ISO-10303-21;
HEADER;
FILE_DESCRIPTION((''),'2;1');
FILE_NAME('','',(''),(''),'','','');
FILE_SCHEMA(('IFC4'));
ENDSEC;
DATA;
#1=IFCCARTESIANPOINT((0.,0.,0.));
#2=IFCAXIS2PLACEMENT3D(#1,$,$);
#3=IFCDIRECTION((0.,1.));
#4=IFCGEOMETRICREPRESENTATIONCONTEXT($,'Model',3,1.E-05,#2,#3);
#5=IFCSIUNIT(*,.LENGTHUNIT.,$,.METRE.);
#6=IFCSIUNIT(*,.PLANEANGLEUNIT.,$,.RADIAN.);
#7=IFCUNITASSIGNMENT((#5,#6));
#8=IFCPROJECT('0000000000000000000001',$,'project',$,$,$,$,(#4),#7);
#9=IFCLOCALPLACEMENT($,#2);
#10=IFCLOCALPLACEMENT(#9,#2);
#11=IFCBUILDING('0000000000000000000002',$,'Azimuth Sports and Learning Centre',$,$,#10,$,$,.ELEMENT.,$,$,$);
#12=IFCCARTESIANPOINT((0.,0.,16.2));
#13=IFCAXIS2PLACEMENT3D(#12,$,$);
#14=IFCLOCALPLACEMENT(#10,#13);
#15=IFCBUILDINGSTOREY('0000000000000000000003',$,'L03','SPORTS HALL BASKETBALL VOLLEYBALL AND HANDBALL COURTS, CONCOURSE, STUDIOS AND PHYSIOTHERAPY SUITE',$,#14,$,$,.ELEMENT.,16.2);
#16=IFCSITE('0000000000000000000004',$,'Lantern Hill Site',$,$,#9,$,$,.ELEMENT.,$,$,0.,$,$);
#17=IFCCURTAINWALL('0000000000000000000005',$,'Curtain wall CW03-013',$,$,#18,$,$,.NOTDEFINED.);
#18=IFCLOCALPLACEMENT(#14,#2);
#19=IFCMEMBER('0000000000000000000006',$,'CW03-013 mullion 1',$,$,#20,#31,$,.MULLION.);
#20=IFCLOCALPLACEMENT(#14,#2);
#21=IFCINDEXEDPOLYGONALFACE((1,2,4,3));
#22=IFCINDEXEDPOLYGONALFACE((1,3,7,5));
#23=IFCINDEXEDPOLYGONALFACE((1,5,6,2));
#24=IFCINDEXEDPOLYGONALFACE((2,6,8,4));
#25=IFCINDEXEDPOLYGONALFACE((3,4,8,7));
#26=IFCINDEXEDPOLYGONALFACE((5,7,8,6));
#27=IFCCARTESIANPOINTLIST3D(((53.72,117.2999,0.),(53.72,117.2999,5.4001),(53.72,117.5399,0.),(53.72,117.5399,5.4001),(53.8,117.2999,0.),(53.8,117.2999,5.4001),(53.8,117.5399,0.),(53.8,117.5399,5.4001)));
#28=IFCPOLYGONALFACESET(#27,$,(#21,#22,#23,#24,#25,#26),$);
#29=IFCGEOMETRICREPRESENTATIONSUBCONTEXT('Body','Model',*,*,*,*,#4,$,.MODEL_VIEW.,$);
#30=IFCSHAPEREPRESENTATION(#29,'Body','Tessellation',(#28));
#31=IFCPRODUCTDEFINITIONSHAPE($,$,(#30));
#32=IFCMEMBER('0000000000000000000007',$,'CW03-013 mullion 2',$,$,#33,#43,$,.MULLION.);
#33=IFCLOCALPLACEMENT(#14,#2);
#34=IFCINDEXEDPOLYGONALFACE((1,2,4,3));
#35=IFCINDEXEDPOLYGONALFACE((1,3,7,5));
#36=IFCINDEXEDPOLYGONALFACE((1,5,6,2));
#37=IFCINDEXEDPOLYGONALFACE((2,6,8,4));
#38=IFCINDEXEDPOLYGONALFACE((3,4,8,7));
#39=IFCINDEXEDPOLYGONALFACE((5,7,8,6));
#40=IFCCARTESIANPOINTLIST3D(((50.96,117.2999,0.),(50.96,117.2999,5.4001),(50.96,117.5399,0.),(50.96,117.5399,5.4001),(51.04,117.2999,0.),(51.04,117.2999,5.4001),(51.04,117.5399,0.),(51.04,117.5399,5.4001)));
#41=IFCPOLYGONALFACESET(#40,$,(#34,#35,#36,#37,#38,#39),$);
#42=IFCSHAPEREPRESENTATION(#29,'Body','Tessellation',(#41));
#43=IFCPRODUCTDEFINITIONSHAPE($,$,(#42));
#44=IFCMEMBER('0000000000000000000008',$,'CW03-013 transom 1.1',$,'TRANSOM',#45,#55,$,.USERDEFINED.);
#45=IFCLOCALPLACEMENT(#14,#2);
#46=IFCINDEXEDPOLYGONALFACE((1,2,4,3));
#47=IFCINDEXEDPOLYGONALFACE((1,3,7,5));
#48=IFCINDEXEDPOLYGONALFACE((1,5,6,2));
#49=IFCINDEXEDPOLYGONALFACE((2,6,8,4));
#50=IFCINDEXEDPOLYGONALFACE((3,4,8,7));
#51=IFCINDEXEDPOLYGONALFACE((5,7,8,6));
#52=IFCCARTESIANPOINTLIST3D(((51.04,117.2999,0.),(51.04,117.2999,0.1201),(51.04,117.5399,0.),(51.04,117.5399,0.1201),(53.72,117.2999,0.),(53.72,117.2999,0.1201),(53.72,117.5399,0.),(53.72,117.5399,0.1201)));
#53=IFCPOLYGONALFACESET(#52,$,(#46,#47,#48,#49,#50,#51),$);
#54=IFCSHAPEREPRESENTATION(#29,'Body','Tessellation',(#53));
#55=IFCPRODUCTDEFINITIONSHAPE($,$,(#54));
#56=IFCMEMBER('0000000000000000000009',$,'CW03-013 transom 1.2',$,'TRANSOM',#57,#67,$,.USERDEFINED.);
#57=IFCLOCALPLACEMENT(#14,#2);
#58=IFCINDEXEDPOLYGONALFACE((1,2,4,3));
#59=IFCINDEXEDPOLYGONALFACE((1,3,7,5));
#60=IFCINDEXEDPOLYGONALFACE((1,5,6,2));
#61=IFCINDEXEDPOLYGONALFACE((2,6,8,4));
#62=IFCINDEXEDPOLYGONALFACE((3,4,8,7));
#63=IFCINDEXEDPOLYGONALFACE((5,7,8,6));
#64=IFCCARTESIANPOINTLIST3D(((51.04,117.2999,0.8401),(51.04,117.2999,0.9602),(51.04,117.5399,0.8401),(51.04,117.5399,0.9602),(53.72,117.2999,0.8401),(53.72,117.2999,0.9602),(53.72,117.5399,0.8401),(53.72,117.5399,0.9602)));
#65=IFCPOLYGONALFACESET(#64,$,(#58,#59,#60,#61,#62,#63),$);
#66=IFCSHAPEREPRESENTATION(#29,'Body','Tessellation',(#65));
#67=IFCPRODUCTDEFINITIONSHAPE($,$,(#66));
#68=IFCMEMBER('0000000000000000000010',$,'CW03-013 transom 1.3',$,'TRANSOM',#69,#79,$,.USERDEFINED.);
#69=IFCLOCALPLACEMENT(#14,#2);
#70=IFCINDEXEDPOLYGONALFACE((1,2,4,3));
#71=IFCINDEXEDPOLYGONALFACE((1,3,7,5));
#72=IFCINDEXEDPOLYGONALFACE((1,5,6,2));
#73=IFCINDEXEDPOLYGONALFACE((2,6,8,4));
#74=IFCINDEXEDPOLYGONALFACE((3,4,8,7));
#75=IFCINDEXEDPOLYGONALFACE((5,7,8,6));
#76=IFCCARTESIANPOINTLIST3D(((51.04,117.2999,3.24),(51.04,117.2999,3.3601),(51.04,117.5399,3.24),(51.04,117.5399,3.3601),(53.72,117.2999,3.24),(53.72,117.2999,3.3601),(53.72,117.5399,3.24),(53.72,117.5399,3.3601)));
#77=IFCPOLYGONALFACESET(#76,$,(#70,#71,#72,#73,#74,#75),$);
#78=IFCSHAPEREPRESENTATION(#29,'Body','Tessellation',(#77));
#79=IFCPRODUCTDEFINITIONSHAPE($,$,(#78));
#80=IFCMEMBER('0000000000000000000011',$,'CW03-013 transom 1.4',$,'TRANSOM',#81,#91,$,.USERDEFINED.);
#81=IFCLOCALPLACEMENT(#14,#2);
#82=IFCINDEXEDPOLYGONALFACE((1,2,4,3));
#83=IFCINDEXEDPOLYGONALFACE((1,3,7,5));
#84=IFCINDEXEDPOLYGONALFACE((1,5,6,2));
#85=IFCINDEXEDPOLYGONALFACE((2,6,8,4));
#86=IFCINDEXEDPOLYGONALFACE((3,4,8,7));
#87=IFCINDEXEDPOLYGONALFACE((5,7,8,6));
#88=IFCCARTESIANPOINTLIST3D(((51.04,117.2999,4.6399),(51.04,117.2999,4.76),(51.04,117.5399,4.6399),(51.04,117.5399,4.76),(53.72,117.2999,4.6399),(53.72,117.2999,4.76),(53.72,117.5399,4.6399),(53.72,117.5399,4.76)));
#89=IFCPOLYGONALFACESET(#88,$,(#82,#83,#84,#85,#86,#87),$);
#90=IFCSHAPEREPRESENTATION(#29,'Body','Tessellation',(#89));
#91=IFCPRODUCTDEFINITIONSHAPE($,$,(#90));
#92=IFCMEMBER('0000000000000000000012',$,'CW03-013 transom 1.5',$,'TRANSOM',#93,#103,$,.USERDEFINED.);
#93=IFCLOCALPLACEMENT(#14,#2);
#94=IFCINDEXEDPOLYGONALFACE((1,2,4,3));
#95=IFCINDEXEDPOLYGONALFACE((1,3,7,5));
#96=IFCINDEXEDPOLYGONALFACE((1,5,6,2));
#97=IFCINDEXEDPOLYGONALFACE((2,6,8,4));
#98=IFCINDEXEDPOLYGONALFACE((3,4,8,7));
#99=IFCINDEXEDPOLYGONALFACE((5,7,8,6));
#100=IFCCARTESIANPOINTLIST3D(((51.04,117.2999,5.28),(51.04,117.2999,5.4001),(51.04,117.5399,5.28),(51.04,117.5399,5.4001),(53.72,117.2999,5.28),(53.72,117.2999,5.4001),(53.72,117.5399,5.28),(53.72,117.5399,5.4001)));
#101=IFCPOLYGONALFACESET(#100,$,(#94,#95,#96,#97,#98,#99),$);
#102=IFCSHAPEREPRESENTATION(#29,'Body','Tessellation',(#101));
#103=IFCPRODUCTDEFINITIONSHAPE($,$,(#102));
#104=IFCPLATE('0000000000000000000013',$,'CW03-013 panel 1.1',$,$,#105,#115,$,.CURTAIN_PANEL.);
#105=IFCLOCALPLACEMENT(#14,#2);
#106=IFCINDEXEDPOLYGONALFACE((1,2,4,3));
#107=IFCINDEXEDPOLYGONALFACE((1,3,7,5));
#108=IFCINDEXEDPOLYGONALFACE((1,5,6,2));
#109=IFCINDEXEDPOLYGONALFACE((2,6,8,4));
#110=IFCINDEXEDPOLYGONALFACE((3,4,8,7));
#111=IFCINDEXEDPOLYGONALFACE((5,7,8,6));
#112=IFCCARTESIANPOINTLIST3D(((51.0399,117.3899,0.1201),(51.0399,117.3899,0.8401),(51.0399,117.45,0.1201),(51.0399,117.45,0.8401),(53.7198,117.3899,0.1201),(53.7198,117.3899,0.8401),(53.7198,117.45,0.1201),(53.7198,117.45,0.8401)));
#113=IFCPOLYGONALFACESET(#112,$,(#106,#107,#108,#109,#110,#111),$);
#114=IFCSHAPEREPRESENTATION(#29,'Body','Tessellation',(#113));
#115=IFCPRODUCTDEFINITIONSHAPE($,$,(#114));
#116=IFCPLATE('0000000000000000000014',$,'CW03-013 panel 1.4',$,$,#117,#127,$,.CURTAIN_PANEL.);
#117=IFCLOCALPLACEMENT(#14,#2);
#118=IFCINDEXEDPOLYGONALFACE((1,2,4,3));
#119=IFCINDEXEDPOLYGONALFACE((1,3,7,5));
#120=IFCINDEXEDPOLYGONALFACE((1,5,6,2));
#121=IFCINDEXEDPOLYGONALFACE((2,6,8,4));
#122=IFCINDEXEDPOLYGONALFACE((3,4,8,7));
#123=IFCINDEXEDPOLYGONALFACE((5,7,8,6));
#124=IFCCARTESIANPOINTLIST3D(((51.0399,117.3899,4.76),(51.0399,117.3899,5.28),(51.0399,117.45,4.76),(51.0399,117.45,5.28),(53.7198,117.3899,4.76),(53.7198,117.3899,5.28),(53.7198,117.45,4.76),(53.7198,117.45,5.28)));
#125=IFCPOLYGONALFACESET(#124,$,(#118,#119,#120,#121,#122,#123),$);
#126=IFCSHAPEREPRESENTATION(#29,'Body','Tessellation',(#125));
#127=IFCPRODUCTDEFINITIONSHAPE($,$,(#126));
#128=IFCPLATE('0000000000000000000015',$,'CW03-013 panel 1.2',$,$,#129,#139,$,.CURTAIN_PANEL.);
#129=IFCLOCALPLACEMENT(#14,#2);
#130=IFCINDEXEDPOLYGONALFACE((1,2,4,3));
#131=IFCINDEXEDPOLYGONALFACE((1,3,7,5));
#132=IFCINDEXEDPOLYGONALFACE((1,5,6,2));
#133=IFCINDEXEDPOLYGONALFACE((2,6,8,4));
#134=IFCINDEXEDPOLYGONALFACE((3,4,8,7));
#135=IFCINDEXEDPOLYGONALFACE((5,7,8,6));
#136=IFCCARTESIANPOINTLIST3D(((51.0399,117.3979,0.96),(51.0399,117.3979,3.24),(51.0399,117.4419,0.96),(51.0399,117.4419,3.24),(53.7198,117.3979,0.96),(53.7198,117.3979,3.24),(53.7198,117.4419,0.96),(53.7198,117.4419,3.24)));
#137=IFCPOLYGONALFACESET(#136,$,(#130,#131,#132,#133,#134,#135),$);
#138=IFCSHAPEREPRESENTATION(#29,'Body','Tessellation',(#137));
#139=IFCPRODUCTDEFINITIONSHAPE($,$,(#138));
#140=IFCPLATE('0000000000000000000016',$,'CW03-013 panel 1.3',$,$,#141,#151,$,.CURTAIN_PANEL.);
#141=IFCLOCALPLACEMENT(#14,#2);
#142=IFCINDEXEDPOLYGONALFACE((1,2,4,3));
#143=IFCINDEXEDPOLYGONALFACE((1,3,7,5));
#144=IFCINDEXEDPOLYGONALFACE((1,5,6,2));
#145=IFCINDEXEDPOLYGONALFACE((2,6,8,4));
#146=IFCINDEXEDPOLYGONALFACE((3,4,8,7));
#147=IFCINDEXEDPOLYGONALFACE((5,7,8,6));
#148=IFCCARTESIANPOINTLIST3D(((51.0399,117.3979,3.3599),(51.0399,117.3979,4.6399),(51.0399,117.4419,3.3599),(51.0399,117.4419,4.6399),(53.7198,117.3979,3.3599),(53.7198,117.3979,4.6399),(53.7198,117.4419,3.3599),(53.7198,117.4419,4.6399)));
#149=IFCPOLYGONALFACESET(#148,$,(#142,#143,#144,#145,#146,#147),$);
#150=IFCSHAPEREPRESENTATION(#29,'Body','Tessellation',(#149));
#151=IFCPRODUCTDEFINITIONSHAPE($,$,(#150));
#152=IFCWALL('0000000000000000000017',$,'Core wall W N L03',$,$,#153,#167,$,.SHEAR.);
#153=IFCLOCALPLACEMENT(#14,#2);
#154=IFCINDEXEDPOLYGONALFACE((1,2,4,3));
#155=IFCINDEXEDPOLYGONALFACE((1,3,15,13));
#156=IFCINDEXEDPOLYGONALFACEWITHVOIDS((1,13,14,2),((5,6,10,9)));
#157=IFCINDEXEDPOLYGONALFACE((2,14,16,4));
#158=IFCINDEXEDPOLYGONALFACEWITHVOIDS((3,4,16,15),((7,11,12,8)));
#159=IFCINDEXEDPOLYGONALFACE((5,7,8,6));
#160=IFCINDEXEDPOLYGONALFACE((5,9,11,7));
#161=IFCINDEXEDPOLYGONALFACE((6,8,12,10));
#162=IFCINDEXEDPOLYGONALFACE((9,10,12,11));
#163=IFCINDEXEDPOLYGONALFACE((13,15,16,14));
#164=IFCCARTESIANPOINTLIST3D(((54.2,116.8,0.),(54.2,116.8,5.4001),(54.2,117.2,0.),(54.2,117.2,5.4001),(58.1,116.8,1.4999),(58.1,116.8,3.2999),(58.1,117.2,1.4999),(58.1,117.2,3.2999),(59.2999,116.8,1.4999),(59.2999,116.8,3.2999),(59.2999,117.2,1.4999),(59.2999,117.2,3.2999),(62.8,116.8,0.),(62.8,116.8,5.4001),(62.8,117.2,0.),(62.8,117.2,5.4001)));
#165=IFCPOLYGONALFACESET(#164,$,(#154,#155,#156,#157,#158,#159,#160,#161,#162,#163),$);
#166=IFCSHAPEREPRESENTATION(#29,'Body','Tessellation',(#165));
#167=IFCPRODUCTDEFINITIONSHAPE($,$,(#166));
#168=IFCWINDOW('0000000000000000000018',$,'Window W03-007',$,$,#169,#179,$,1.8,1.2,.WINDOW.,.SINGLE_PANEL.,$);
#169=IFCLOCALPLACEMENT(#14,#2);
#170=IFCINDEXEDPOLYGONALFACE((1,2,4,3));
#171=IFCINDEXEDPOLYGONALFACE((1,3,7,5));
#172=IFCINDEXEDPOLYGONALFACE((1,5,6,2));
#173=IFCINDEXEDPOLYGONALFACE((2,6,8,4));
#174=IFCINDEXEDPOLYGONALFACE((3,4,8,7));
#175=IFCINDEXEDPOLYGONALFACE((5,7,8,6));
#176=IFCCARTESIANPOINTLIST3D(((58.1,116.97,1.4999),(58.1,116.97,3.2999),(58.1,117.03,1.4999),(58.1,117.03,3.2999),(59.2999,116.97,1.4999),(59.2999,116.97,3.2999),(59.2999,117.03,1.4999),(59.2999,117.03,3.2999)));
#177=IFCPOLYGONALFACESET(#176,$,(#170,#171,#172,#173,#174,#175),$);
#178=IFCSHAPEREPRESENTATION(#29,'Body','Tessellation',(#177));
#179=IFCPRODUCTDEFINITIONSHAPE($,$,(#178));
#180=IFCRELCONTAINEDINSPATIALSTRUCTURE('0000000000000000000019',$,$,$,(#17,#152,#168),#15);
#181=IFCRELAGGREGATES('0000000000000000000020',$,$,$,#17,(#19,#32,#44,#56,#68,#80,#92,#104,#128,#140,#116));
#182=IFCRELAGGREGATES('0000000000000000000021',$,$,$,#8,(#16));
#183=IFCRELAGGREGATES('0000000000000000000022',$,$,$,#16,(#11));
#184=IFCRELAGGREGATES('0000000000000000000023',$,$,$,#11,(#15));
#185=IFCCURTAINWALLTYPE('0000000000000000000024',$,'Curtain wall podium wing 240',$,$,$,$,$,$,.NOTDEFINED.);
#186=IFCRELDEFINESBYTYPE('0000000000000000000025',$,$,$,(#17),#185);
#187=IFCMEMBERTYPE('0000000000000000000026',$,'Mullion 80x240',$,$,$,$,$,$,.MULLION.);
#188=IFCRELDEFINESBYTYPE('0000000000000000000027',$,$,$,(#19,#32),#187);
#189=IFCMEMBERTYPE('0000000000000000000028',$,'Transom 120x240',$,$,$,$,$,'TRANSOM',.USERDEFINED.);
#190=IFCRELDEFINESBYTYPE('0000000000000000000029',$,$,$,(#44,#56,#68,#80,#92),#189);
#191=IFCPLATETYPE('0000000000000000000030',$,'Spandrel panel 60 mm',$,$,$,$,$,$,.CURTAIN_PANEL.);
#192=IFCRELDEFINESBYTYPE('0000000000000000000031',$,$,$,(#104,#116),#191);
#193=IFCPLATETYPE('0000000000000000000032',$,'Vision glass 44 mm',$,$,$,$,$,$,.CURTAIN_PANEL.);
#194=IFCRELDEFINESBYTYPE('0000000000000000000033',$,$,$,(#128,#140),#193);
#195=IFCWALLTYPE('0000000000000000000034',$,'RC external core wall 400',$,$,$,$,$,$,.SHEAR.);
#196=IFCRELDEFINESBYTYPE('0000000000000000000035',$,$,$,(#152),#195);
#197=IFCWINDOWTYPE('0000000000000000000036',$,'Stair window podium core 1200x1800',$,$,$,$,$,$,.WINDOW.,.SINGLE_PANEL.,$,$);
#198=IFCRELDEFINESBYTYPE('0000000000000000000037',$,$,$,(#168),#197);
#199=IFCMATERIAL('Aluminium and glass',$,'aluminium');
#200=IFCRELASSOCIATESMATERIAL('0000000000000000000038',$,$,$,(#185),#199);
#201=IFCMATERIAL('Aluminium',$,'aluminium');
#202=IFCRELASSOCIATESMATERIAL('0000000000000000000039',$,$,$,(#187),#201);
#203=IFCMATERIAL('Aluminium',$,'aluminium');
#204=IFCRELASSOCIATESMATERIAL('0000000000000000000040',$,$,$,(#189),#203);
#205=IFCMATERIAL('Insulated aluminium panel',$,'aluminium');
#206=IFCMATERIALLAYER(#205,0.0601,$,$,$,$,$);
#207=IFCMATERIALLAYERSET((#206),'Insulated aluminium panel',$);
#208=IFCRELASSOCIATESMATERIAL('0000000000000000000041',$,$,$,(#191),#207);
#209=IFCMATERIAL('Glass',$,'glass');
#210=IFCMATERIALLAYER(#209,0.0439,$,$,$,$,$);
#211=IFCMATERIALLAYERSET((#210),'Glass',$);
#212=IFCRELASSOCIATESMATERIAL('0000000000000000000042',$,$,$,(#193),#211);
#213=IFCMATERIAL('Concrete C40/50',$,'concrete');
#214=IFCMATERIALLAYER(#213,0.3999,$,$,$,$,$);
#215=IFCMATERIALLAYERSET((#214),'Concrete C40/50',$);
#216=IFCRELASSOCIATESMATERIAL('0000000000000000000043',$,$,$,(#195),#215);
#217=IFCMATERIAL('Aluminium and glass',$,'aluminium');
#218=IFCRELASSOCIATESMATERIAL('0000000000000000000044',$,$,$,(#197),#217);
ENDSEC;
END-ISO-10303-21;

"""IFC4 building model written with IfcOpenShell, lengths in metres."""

from ifc_helpers import new_model, si_unit, direction, frame, frame_2d, origin, origin_2d, place, context, subcontext, project, spatial, rectangle, extrude, material, layer, layer_set, material_profile, profile_set, type_object, element, fill, aggregate, save


model = new_model("IFC4")

# Units and contexts
model_context = context("Model", 3, precision=1e-05, world=origin(), true_north=direction((0.0, 1.0)))
body_context = subcontext(model_context, "Body", "Model", "MODEL_VIEW")
ifc_project = project(units=[si_unit("LENGTHUNIT", "METRE"), si_unit("PLANEANGLEUNIT", "RADIAN")], contexts=[model_context])

# Site, building, storey
site_placement = place(None, origin())
site = spatial("IfcSite", under=ifc_project, at=site_placement, Name="Lantern Hill Site", CompositionType="ELEMENT", RefElevation=0.0)
building_placement = place(site_placement, origin())
building = spatial("IfcBuilding", under=site, at=building_placement, Name="Azimuth Sports and Learning Centre", CompositionType="ELEMENT")
storey_placement = place(building_placement, frame((0.0, 0.0, 16.2)))
storey = spatial("IfcBuildingStorey", under=building, at=storey_placement, Name="L03", Description="SPORTS HALL BASKETBALL VOLLEYBALL AND HANDBALL COURTS, CONCOURSE, STUDIOS AND PHYSIOTHERAPY SUITE", CompositionType="ELEMENT", Elevation=16.2)

# Curtain wall, members, plates
ifc_material_1 = material(Name="Aluminium and glass", Category="aluminium")
curtain_wall_type = type_object("IfcCurtainWallType", Name="Curtain wall podium wing 240", PredefinedType="NOTDEFINED", material=ifc_material_1)
curtain_wall_placement = place(storey_placement, origin())
curtain_wall = element("IfcCurtainWall", 1, at=curtain_wall_placement, inside=storey, type_object=curtain_wall_type, Name="Curtain wall CW03-013", PredefinedType="NOTDEFINED")
ifc_material_2 = material(Name="Aluminium", Category="aluminium")
ifc_material_profile_1 = material_profile(ifc_material_2, rectangle(XDim=0.24, YDim=0.0801, at=origin_2d()), Name="Mullion 80x240")
ifc_profile_set_1 = profile_set([ifc_material_profile_1], Name="Aluminium")
member_type_1 = type_object("IfcMemberType", Name="Mullion 80x240", PredefinedType="MULLION", material=ifc_profile_set_1)
member_1_placement = place(storey_placement, frame((53.76, 117.4199, 0.0), z_axis=(0.0, 0.0, 1.0), x_axis=(0.0, -1.0, 0.0)))
member_1 = element("IfcMember", 2, at=member_1_placement, type_object=member_type_1, Name="CW03-013 mullion 1", PredefinedType="MULLION", context=body_context, shape_type="SweptSolid", body=[
    extrude(rectangle(XDim=0.24, YDim=0.0801, at=origin_2d()), origin(), (0.0, 0.0, 1.0), 5.4001),
])
member_2_placement = place(storey_placement, frame((51.0, 117.4199, 0.0), z_axis=(0.0, 0.0, 1.0), x_axis=(0.0, -1.0, 0.0)))
member_2 = element("IfcMember", 3, at=member_2_placement, type_object=member_type_1, Name="CW03-013 mullion 2", PredefinedType="MULLION", context=body_context, shape_type="SweptSolid", body=[
    extrude(rectangle(XDim=0.24, YDim=0.0801, at=origin_2d()), origin(), (0.0, 0.0, 1.0), 5.4001),
])
ifc_material_3 = material(Name="Aluminium", Category="aluminium")
ifc_material_profile_2 = material_profile(ifc_material_3, rectangle(XDim=0.24, YDim=0.1201, at=origin_2d()), Name="Transom 120x240")
ifc_profile_set_2 = profile_set([ifc_material_profile_2], Name="Aluminium")
member_type_2 = type_object("IfcMemberType", Name="Transom 120x240", ElementType="TRANSOM", PredefinedType="USERDEFINED", material=ifc_profile_set_2)
member_3_placement = place(storey_placement, frame((53.72, 117.4199, 0.0601), z_axis=(-1.0, 0.0, 0.0), x_axis=(0.0, -1.0, 0.0)))
member_3 = element("IfcMember", 4, at=member_3_placement, type_object=member_type_2, Name="CW03-013 transom 1.1", ObjectType="TRANSOM", PredefinedType="USERDEFINED", context=body_context, shape_type="SweptSolid", body=[
    extrude(rectangle(XDim=0.24, YDim=0.1201, at=origin_2d()), origin(), (0.0, 0.0, 1.0), 2.6799),
])
member_4_placement = place(storey_placement, frame((53.72, 117.4199, 0.9001), z_axis=(-1.0, 0.0, 0.0), x_axis=(0.0, -1.0, 0.0)))
member_4 = element("IfcMember", 5, at=member_4_placement, type_object=member_type_2, Name="CW03-013 transom 1.2", ObjectType="TRANSOM", PredefinedType="USERDEFINED", context=body_context, shape_type="SweptSolid", body=[
    extrude(rectangle(XDim=0.24, YDim=0.1201, at=origin_2d()), origin(), (0.0, 0.0, 1.0), 2.6799),
])
member_5_placement = place(storey_placement, frame((53.72, 117.4199, 3.3), z_axis=(-1.0, 0.0, 0.0), x_axis=(0.0, -1.0, 0.0)))
member_5 = element("IfcMember", 6, at=member_5_placement, type_object=member_type_2, Name="CW03-013 transom 1.3", ObjectType="TRANSOM", PredefinedType="USERDEFINED", context=body_context, shape_type="SweptSolid", body=[
    extrude(rectangle(XDim=0.24, YDim=0.1201, at=origin_2d()), origin(), (0.0, 0.0, 1.0), 2.6799),
])
member_6_placement = place(storey_placement, frame((53.72, 117.4199, 4.7), z_axis=(-1.0, 0.0, 0.0), x_axis=(0.0, -1.0, 0.0)))
member_6 = element("IfcMember", 7, at=member_6_placement, type_object=member_type_2, Name="CW03-013 transom 1.4", ObjectType="TRANSOM", PredefinedType="USERDEFINED", context=body_context, shape_type="SweptSolid", body=[
    extrude(rectangle(XDim=0.24, YDim=0.1201, at=origin_2d()), origin(), (0.0, 0.0, 1.0), 2.6799),
])
member_7_placement = place(storey_placement, frame((53.72, 117.4199, 5.3401), z_axis=(-1.0, 0.0, 0.0), x_axis=(0.0, -1.0, 0.0)))
member_7 = element("IfcMember", 8, at=member_7_placement, type_object=member_type_2, Name="CW03-013 transom 1.5", ObjectType="TRANSOM", PredefinedType="USERDEFINED", context=body_context, shape_type="SweptSolid", body=[
    extrude(rectangle(XDim=0.24, YDim=0.1201, at=origin_2d()), origin(), (0.0, 0.0, 1.0), 2.6799),
])
ifc_material_4 = material(Name="Insulated aluminium panel", Category="aluminium")
ifc_layer_1 = layer(ifc_material_4, 0.0601)
ifc_layer_set_1 = layer_set([ifc_layer_1], Name="Insulated aluminium panel")
plate_type_1 = type_object("IfcPlateType", Name="Spandrel panel 60 mm", PredefinedType="CURTAIN_PANEL", material=ifc_layer_set_1)
plate_1_placement = place(storey_placement, frame((52.3799, 117.4199, 0.1201), z_axis=(0.0, 0.0, 1.0), x_axis=(-1.0, 0.0, 0.0)))
plate_1 = element("IfcPlate", 9, at=plate_1_placement, type_object=plate_type_1, Name="CW03-013 panel 1.1", PredefinedType="CURTAIN_PANEL", context=body_context, shape_type="SweptSolid", body=[
    extrude(rectangle(XDim=2.6799, YDim=0.0601, at=origin_2d()), origin(), (0.0, 0.0, 1.0), 0.72),
])
plate_2_placement = place(storey_placement, frame((52.3799, 117.4199, 4.76), z_axis=(0.0, 0.0, 1.0), x_axis=(-1.0, 0.0, 0.0)))
plate_2 = element("IfcPlate", 10, at=plate_2_placement, type_object=plate_type_1, Name="CW03-013 panel 1.4", PredefinedType="CURTAIN_PANEL", context=body_context, shape_type="SweptSolid", body=[
    extrude(rectangle(XDim=2.6799, YDim=0.0601, at=origin_2d()), origin(), (0.0, 0.0, 1.0), 0.52),
])
ifc_material_5 = material(Name="Glass", Category="glass")
ifc_layer_2 = layer(ifc_material_5, 0.0439)
ifc_layer_set_2 = layer_set([ifc_layer_2], Name="Glass")
plate_type_2 = type_object("IfcPlateType", Name="Vision glass 44 mm", PredefinedType="CURTAIN_PANEL", material=ifc_layer_set_2)
plate_3_placement = place(storey_placement, frame((52.3799, 117.4199, 0.96), z_axis=(0.0, 0.0, 1.0), x_axis=(-1.0, 0.0, 0.0)))
plate_3 = element("IfcPlate", 11, at=plate_3_placement, type_object=plate_type_2, Name="CW03-013 panel 1.2", PredefinedType="CURTAIN_PANEL", context=body_context, shape_type="SweptSolid", body=[
    extrude(rectangle(XDim=2.6799, YDim=0.0439, at=origin_2d()), origin(), (0.0, 0.0, 1.0), 2.28),
])
plate_4_placement = place(storey_placement, frame((52.3799, 117.4199, 3.3599), z_axis=(0.0, 0.0, 1.0), x_axis=(-1.0, 0.0, 0.0)))
plate_4 = element("IfcPlate", 12, at=plate_4_placement, type_object=plate_type_2, Name="CW03-013 panel 1.3", PredefinedType="CURTAIN_PANEL", context=body_context, shape_type="SweptSolid", body=[
    extrude(rectangle(XDim=2.6799, YDim=0.0439, at=origin_2d()), origin(), (0.0, 0.0, 1.0), 1.28),
])
aggregate(curtain_wall, [member_1, member_2, member_3, member_4, member_5, member_6, member_7, plate_1, plate_3, plate_4, plate_2])

# Wall, opening, window
ifc_material_6 = material(Name="Concrete C40/50", Category="concrete")
ifc_layer_3 = layer(ifc_material_6, 0.3999)
ifc_layer_set_3 = layer_set([ifc_layer_3], Name="Concrete C40/50")
wall_type = type_object("IfcWallType", Name="RC external core wall 400", PredefinedType="SHEAR", material=ifc_layer_set_3)
wall_placement = place(storey_placement, frame((54.2, 117.0, 0.0), z_axis=(0.0, 0.0, 1.0), x_axis=(1.0, 0.0, 0.0)))
wall = element("IfcWall", 13, at=wall_placement, inside=storey, type_object=wall_type, Name="Core wall W N L03", PredefinedType="SHEAR", context=body_context, shape_type="SweptSolid", body=[
    extrude(rectangle(XDim=8.6001, YDim=0.3999, at=frame_2d((4.3, 0.0))), origin(), (0.0, 0.0, 1.0), 5.4001),
])
opening_placement = place(wall_placement, frame((3.8999, 0.0, 1.5)))
opening = element("IfcOpeningElement", 14, at=opening_placement, cuts=wall, PredefinedType="OPENING", context=body_context, shape_type="SweptSolid", body=[
    extrude(rectangle(XDim=1.2, YDim=1.8, at=frame_2d((0.6001, 0.8999))), frame((0.0, 0.2109, 0.0), z_axis=(0.0, -1.0, 0.0), x_axis=(1.0, 0.0, 0.0)), (0.0, 0.0, 1.0), 0.4219),
])
ifc_material_7 = material(Name="Aluminium and glass", Category="aluminium")
window_type = type_object("IfcWindowType", Name="Stair window podium core 1200x1800", PartitioningType="SINGLE_PANEL", PredefinedType="WINDOW", material=ifc_material_7)
window_placement = place(opening_placement, origin())
window = element("IfcWindow", 15, at=window_placement, inside=storey, type_object=window_type, Name="Window W03-007", OverallHeight=1.8, OverallWidth=1.2, PartitioningType="SINGLE_PANEL", PredefinedType="WINDOW", context=body_context, shape_type="SweptSolid", body=[
    extrude(rectangle(XDim=1.2, YDim=1.8, at=frame_2d((0.6001, 0.8999))), frame((0.0, 0.03, 0.0), z_axis=(0.0, -1.0, 0.0), x_axis=(1.0, 0.0, 0.0)), (0.0, 0.0, 1.0), 0.0601),
])
fill(opening, window)

save(model, "model.ifc")
